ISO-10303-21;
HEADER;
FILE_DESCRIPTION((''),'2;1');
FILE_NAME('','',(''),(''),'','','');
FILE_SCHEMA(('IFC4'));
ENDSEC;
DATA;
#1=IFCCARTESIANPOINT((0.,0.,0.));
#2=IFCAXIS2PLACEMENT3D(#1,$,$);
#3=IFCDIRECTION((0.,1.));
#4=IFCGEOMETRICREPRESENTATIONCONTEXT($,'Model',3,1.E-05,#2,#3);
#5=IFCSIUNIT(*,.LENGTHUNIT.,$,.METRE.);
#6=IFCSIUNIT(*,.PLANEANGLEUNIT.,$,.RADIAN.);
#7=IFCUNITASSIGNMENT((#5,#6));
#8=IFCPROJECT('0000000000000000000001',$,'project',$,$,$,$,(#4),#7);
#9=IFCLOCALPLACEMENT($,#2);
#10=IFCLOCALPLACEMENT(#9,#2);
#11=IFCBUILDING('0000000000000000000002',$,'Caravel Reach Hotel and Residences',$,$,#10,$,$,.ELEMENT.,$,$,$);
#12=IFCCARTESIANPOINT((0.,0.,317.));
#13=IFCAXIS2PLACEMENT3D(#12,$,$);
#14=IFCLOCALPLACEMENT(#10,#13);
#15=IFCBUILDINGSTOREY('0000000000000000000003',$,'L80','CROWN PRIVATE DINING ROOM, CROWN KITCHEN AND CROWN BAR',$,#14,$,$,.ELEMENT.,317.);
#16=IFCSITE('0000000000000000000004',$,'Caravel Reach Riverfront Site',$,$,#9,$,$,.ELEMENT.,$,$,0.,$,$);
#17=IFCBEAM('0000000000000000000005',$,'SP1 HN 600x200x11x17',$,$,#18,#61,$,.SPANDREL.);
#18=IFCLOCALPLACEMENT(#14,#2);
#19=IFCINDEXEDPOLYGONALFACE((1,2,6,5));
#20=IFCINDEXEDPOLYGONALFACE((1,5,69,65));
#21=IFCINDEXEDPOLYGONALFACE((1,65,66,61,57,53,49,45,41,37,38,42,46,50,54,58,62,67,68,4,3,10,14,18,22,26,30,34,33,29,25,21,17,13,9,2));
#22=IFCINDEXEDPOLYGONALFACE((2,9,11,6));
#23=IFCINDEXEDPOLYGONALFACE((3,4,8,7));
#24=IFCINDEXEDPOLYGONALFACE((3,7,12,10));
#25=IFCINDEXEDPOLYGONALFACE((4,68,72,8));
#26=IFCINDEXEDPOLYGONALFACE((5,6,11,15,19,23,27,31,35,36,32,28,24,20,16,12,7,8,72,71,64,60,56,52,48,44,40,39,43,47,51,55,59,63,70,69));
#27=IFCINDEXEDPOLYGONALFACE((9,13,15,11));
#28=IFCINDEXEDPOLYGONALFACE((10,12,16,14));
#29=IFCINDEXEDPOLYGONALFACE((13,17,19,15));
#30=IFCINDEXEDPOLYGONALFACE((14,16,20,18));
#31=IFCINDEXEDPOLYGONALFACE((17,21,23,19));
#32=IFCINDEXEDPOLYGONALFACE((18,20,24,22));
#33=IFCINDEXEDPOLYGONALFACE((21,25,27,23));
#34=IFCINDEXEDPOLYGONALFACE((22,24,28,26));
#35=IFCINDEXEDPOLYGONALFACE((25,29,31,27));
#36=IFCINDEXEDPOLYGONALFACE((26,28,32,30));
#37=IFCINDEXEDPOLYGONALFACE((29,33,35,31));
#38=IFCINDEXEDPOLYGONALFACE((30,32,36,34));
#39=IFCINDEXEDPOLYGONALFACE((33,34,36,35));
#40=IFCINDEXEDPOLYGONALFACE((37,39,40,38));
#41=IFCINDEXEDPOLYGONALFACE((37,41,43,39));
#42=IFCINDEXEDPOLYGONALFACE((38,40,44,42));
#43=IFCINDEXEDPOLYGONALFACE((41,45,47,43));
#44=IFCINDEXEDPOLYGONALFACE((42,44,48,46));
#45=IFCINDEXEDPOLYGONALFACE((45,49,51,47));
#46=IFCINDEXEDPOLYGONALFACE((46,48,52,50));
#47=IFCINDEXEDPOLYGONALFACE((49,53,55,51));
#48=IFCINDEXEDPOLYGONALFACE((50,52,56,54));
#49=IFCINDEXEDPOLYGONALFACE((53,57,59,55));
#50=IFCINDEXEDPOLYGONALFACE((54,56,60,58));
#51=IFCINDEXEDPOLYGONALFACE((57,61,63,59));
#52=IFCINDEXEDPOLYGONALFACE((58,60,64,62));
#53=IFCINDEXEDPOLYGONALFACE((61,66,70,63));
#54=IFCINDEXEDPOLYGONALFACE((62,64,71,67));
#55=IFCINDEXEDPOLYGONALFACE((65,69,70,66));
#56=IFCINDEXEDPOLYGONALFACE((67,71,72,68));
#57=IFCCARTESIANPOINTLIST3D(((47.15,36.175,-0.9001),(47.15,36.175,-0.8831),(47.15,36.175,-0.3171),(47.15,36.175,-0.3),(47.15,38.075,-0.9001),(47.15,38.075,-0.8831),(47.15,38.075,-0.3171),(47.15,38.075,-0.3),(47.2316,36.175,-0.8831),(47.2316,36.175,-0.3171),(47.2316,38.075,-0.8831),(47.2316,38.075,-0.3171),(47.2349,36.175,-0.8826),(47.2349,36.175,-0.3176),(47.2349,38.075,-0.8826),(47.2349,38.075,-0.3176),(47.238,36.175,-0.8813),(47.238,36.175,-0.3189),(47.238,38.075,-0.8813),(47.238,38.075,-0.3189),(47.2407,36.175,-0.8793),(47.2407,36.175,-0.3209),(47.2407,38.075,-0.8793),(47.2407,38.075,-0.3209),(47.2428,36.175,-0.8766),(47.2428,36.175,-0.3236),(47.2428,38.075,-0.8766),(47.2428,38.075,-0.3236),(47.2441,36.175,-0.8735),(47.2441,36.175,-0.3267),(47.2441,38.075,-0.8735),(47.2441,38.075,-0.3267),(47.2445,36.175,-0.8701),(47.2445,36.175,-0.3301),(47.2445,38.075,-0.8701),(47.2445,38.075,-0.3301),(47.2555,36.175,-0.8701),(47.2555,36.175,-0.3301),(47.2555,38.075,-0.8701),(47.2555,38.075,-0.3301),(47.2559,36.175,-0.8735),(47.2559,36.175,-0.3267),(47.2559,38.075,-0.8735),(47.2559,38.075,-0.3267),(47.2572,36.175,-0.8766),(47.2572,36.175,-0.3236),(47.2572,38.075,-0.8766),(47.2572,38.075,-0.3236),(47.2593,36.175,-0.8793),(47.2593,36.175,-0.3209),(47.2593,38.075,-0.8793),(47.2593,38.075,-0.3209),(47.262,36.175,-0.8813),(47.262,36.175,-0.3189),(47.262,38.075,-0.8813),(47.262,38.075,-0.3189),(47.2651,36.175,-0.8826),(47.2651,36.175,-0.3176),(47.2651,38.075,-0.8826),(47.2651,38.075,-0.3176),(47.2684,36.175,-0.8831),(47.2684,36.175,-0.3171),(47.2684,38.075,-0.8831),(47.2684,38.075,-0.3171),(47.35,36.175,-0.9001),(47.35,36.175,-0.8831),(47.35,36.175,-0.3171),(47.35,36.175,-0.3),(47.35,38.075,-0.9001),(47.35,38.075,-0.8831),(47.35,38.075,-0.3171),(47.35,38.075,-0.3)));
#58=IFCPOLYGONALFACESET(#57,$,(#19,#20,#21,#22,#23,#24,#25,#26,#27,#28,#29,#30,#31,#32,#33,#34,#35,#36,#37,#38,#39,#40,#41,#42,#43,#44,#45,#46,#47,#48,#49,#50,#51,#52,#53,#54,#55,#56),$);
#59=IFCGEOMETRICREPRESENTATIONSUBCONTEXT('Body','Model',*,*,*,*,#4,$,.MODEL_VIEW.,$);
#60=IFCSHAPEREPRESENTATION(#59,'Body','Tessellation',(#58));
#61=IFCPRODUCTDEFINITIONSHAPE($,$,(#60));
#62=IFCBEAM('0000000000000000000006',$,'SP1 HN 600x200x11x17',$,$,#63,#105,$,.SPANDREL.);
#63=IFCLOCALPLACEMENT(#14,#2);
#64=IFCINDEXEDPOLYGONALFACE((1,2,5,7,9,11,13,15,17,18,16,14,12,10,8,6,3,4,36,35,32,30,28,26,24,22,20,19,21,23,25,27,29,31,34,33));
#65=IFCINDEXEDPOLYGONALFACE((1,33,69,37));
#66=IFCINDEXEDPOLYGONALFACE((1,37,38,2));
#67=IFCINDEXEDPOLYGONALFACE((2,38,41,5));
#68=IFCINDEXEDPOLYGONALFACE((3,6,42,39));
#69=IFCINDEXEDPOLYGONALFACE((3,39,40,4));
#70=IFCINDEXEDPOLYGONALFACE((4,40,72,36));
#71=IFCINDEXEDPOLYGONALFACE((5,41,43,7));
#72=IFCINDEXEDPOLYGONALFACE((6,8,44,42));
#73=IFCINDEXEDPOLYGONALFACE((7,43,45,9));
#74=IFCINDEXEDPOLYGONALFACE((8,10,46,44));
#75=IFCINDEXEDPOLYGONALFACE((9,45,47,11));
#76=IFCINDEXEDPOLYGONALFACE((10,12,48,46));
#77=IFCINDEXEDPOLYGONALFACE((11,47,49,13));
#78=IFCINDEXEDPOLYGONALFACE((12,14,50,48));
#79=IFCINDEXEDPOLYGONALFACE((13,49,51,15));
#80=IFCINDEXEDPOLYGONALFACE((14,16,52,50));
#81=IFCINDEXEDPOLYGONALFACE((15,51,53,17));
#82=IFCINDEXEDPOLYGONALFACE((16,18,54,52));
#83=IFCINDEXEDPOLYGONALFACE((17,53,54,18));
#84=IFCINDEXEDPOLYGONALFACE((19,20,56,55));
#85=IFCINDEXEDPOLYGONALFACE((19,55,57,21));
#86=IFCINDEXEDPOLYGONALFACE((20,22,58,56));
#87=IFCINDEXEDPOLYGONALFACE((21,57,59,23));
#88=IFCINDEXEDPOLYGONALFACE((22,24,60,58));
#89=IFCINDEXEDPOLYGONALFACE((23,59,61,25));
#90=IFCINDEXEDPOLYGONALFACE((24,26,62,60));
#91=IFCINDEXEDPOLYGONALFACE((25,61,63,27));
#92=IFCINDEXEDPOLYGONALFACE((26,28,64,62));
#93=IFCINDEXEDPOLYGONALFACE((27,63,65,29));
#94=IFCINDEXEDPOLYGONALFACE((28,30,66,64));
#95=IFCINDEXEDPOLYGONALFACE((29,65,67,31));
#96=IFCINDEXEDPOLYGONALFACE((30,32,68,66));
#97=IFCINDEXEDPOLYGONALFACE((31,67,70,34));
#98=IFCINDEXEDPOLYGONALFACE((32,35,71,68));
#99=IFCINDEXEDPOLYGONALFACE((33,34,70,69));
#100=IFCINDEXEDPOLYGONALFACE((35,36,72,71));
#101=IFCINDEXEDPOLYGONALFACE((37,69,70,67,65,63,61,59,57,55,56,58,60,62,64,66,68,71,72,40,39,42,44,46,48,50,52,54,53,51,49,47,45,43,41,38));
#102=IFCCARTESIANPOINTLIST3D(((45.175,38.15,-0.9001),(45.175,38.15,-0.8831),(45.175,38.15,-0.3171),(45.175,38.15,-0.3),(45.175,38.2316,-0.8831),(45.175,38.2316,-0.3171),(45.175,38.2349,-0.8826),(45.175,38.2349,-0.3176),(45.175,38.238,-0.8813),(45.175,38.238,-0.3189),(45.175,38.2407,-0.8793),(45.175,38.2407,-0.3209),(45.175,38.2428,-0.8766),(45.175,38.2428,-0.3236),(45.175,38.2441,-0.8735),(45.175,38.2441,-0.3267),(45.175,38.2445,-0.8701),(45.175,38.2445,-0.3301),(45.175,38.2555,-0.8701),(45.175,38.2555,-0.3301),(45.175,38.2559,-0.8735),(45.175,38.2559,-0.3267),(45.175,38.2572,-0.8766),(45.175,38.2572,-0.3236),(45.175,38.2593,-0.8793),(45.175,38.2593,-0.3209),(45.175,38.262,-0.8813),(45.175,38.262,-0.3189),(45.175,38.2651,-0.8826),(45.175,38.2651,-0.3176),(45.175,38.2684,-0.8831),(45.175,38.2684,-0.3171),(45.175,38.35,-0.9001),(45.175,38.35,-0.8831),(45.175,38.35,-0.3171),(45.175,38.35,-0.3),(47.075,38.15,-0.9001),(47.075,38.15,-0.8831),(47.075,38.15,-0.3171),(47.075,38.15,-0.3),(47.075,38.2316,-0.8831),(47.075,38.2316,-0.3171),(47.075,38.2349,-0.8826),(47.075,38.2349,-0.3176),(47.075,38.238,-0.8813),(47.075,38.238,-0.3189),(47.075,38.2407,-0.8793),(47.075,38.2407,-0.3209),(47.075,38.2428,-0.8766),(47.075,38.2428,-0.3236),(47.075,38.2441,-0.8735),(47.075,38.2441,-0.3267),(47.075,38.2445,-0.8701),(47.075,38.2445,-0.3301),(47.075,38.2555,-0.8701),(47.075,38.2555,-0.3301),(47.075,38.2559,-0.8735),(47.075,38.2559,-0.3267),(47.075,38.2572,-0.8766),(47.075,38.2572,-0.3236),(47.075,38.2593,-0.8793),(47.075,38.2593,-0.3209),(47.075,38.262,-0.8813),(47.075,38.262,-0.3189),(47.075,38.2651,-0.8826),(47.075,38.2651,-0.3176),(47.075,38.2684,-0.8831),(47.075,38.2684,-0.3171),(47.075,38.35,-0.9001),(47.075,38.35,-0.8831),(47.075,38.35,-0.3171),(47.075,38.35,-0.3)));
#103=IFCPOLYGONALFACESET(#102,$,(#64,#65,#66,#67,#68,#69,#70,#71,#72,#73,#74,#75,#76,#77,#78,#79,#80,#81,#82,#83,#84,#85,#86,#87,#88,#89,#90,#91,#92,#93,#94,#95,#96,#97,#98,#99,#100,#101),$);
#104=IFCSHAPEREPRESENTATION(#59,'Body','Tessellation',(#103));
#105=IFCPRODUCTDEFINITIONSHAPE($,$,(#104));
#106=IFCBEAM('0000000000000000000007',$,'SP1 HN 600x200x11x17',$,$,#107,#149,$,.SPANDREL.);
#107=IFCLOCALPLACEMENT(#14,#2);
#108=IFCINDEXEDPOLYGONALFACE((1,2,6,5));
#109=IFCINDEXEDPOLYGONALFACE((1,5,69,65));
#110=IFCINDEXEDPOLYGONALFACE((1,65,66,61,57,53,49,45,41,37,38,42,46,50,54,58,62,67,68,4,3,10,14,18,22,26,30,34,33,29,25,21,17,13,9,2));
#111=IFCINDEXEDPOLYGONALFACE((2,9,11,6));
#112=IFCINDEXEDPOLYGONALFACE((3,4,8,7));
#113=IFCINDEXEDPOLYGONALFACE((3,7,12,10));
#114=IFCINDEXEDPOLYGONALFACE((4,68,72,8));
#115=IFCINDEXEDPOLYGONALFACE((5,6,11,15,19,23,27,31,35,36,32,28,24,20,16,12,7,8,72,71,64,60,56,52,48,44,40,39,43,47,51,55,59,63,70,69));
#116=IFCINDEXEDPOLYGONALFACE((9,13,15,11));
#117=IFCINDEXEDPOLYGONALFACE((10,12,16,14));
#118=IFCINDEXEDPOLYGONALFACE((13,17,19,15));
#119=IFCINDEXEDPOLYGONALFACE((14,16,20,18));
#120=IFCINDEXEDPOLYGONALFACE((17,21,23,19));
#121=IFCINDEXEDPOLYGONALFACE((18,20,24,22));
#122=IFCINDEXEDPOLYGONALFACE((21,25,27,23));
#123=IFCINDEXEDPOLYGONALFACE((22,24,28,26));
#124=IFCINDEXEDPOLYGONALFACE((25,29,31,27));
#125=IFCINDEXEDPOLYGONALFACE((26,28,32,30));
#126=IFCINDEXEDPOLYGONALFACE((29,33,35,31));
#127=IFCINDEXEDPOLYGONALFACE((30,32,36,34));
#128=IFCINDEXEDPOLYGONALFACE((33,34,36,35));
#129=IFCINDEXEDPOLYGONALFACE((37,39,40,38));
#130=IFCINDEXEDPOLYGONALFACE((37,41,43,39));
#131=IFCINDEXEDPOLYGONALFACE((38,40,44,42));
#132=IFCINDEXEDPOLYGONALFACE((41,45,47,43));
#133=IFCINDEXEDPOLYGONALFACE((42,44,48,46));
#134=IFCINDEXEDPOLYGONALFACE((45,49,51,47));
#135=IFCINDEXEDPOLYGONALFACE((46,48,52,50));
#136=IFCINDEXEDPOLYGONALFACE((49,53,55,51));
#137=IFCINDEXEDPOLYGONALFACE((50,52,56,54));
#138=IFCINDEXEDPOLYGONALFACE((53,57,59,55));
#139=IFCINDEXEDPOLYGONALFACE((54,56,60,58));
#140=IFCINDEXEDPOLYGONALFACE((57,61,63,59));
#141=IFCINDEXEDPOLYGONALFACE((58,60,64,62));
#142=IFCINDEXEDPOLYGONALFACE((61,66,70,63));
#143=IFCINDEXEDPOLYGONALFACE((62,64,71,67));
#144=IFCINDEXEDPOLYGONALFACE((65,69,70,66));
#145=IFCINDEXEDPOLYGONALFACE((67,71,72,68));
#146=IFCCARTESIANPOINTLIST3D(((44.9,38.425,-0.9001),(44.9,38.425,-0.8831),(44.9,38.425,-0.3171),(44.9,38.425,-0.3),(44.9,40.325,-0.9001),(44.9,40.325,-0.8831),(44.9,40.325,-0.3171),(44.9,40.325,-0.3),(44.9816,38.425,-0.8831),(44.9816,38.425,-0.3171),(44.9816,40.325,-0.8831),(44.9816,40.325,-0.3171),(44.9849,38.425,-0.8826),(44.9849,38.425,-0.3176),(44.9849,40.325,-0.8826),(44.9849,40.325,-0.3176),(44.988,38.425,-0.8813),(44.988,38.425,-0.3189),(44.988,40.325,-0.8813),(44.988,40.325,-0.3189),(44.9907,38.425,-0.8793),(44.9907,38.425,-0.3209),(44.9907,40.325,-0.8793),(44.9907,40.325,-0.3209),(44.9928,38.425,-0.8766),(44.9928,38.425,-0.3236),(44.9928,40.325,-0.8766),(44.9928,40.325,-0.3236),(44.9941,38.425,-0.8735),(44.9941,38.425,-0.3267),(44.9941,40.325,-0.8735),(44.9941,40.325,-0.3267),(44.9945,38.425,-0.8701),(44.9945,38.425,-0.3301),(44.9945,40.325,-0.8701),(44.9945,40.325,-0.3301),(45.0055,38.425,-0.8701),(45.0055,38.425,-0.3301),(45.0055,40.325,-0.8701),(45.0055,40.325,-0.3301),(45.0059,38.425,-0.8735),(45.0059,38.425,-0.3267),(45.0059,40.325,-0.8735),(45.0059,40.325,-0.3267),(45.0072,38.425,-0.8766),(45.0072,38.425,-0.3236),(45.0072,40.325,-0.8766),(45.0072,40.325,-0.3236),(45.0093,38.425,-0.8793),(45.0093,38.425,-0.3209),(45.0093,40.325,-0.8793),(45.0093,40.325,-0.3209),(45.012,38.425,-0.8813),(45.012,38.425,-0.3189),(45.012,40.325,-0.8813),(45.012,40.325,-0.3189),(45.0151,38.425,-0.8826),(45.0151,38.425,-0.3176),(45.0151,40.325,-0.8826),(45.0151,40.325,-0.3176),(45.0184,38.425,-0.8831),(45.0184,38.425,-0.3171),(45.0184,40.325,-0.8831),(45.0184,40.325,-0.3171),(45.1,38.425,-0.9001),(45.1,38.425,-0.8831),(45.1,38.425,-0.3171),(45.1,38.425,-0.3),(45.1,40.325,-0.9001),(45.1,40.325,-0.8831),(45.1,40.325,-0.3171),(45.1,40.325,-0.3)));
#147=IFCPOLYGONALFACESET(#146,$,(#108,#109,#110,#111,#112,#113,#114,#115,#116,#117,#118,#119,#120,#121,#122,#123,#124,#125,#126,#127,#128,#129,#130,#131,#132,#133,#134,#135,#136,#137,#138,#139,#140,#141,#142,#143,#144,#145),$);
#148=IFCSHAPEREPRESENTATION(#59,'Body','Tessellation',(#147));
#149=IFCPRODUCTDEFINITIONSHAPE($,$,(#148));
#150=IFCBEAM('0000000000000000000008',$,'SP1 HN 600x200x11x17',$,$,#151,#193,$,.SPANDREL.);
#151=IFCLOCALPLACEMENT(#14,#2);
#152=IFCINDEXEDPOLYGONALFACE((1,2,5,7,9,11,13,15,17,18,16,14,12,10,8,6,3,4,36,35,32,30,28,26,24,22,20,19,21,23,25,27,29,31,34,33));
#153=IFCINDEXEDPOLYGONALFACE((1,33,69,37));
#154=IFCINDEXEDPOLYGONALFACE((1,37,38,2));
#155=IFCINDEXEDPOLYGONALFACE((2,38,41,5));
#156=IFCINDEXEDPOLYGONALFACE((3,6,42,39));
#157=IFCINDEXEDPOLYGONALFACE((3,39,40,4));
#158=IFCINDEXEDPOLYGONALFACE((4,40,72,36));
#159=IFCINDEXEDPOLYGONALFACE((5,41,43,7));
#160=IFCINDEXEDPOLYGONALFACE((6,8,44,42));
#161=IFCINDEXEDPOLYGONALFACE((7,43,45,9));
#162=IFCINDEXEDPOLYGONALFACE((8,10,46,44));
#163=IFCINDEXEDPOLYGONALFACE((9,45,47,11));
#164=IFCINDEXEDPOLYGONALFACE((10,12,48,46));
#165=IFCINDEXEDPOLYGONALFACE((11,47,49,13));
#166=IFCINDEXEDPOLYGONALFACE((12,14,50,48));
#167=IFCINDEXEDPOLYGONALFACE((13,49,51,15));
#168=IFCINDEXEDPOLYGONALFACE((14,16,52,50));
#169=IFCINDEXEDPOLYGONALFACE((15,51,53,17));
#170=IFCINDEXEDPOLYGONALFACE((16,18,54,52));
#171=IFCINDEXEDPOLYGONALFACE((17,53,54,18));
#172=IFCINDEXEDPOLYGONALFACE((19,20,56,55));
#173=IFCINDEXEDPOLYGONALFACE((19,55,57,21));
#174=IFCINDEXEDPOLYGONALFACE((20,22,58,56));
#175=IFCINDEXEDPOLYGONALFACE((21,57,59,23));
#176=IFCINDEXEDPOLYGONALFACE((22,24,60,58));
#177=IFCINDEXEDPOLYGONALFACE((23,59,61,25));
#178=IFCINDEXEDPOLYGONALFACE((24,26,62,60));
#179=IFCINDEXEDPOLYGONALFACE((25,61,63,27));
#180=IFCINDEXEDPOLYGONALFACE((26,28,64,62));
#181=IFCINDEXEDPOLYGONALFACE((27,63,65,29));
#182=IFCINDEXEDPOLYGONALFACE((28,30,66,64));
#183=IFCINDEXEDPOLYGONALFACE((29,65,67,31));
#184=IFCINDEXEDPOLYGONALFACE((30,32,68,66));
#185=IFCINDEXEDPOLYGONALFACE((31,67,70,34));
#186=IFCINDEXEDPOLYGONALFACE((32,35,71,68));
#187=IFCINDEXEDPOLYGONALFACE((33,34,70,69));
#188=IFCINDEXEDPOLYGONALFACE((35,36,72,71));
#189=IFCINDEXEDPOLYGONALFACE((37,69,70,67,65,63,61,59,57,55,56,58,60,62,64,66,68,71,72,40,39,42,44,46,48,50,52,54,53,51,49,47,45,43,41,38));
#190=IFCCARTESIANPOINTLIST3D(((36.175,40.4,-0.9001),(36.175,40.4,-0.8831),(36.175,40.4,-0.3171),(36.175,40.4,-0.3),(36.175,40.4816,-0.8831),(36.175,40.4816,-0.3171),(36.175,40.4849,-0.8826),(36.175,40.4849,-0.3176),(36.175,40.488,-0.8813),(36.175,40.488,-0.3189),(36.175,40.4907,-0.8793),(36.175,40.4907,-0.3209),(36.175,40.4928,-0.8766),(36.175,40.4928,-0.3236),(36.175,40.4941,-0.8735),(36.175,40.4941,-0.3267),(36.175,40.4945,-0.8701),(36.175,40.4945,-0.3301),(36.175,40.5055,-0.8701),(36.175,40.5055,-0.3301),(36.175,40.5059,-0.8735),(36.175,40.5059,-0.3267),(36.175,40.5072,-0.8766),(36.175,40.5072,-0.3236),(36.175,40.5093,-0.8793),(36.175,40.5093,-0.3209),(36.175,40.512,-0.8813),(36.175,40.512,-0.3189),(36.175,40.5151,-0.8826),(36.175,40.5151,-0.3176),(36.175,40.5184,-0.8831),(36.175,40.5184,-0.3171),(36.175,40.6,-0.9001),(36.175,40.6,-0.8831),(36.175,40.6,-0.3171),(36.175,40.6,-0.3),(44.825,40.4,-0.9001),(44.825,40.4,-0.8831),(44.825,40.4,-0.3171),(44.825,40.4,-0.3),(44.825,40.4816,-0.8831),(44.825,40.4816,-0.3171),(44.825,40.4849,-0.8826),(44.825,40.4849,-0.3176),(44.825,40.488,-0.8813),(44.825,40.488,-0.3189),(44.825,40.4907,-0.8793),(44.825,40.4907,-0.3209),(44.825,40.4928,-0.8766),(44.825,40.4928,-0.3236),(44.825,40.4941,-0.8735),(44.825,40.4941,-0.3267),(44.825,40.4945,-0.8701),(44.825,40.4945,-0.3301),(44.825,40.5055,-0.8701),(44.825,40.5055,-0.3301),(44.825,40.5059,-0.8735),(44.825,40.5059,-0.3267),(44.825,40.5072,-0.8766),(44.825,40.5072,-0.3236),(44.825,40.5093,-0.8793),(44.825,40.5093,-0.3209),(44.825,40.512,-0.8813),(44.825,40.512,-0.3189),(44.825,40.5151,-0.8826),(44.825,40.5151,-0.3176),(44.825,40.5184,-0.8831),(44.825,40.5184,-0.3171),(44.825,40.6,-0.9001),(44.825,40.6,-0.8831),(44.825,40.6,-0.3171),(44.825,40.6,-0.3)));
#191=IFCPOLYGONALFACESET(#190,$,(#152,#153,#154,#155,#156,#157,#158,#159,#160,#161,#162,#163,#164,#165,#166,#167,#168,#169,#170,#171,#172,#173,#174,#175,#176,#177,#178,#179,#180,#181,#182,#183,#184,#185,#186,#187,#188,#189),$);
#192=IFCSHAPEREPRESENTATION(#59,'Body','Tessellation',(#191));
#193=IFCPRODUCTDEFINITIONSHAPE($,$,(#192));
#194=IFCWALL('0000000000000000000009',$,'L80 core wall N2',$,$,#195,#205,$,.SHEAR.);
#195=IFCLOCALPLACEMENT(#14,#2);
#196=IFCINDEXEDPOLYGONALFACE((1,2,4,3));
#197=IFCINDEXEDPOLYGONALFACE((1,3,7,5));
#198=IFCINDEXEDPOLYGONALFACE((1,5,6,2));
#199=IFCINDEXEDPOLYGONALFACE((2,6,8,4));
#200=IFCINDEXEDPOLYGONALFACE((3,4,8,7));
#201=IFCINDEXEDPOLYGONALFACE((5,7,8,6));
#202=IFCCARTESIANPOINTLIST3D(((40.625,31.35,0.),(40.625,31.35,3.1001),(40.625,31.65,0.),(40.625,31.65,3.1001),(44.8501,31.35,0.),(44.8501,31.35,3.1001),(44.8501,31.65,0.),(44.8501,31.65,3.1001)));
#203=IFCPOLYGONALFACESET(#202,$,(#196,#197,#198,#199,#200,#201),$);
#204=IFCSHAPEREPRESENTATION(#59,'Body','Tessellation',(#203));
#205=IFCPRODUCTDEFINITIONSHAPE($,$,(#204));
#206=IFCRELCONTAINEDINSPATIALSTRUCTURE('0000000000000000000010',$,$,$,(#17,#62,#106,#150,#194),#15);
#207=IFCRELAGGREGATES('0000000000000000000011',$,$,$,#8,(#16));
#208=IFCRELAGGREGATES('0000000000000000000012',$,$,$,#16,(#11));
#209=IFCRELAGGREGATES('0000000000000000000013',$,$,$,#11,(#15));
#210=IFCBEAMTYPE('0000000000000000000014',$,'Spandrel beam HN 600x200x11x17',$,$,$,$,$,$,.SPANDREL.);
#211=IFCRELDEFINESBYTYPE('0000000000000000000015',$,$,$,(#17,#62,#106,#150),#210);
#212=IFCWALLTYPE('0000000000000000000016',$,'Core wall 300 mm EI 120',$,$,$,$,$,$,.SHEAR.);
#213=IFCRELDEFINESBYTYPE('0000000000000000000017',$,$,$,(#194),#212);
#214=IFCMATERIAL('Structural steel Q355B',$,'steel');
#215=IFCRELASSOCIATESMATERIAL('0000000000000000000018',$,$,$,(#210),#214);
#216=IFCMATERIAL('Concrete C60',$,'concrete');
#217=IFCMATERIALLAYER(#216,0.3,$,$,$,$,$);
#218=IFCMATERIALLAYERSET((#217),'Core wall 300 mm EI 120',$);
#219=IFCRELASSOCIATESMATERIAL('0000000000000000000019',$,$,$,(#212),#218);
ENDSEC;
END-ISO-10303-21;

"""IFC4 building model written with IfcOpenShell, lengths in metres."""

from ifc_helpers import new_model, si_unit, direction, frame, frame_2d, origin, origin_2d, place, context, subcontext, project, spatial, rectangle, i_section, extrude, material, layer, layer_set, material_profile, profile_set, type_object, element, save


model = new_model("IFC4")

# Units and contexts
model_context = context("Model", 3, precision=1e-05, world=origin(), true_north=direction((0.0, 1.0)))
body_context = subcontext(model_context, "Body", "Model", "MODEL_VIEW")
ifc_project = project(units=[si_unit("LENGTHUNIT", "METRE"), si_unit("PLANEANGLEUNIT", "RADIAN")], contexts=[model_context])

# Site, building, storey
site_placement = place(None, origin())
site = spatial("IfcSite", under=ifc_project, at=site_placement, Name="Caravel Reach Riverfront Site", CompositionType="ELEMENT", RefElevation=0.0)
building_placement = place(site_placement, origin())
building = spatial("IfcBuilding", under=site, at=building_placement, Name="Caravel Reach Hotel and Residences", CompositionType="ELEMENT")
storey_placement = place(building_placement, frame((0.0, 0.0, 317.0)))
storey = spatial("IfcBuildingStorey", under=building, at=storey_placement, Name="L80", Description="CROWN PRIVATE DINING ROOM, CROWN KITCHEN AND CROWN BAR", CompositionType="ELEMENT", Elevation=317.0)

# Beams
ifc_material_1 = material(Name="Structural steel Q355B", Category="steel")
ifc_material_profile_1 = material_profile(ifc_material_1, i_section(OverallWidth=0.2, OverallDepth=0.6001, WebThickness=0.011, FlangeThickness=0.0171, FilletRadius=0.0129, at=origin_2d()), Name="HN 600x200x11x17")
ifc_profile_set_1 = profile_set([ifc_material_profile_1], Name="Structural steel Q355B")
beam_type = type_object("IfcBeamType", Name="Spandrel beam HN 600x200x11x17", PredefinedType="SPANDREL", material=ifc_profile_set_1)
for number, where, z_axis, x_axis, name in (
    (1, (47.25, 36.175, -0.6001), (0.0, 1.0, 0.0), (-1.0, 0.0, 0.0), "SP1 HN 600x200x11x17"),
    (2, (47.075, 38.25, -0.6001), (-1.0, 0.0, 0.0), (0.0, -1.0, 0.0), "SP1 HN 600x200x11x17"),
    (3, (45.0, 38.425, -0.6001), (0.0, 1.0, 0.0), (-1.0, 0.0, 0.0), "SP1 HN 600x200x11x17"),
):
    element("IfcBeam", number, at=place(storey_placement, frame(where, z_axis=z_axis, x_axis=x_axis)), inside=storey, type_object=beam_type, Name=name, PredefinedType="SPANDREL", context=body_context, shape_type="SweptSolid", body=[
        extrude(i_section(OverallWidth=0.2, OverallDepth=0.6001, WebThickness=0.011, FlangeThickness=0.0171, FilletRadius=0.0129, at=origin_2d()), origin(), (0.0, 0.0, 1.0), 1.8999),
    ])
beam_1_placement = place(storey_placement, frame((44.825, 40.5, -0.6001), z_axis=(-1.0, 0.0, 0.0), x_axis=(0.0, -1.0, 0.0)))
element("IfcBeam", 4, at=beam_1_placement, inside=storey, type_object=beam_type, Name="SP1 HN 600x200x11x17", PredefinedType="SPANDREL", context=body_context, shape_type="SweptSolid", body=[
    extrude(i_section(OverallWidth=0.2, OverallDepth=0.6001, WebThickness=0.011, FlangeThickness=0.0171, FilletRadius=0.0129, at=origin_2d()), origin(), (0.0, 0.0, 1.0), 8.6499),
])

# Wall
ifc_material_2 = material(Name="Concrete C60", Category="concrete")
ifc_layer_1 = layer(ifc_material_2, 0.3)
ifc_layer_set_1 = layer_set([ifc_layer_1], Name="Core wall 300 mm EI 120")
wall_type_1 = type_object("IfcWallType", Name="Core wall 300 mm EI 120", PredefinedType="SHEAR", material=ifc_layer_set_1)
wall_1_placement = place(storey_placement, frame((40.625, 31.5, 0.0), z_axis=(0.0, 0.0, 1.0), x_axis=(1.0, 0.0, 0.0)))
element("IfcWall", 5, at=wall_1_placement, inside=storey, type_object=wall_type_1, Name="L80 core wall N2", PredefinedType="SHEAR", context=body_context, shape_type="SweptSolid", body=[
    extrude(rectangle(XDim=4.2251, YDim=0.3, at=frame_2d((2.1125, 0.0))), origin(), (0.0, 0.0, 1.0), 3.1001),
])

save(model, "model.ifc")
